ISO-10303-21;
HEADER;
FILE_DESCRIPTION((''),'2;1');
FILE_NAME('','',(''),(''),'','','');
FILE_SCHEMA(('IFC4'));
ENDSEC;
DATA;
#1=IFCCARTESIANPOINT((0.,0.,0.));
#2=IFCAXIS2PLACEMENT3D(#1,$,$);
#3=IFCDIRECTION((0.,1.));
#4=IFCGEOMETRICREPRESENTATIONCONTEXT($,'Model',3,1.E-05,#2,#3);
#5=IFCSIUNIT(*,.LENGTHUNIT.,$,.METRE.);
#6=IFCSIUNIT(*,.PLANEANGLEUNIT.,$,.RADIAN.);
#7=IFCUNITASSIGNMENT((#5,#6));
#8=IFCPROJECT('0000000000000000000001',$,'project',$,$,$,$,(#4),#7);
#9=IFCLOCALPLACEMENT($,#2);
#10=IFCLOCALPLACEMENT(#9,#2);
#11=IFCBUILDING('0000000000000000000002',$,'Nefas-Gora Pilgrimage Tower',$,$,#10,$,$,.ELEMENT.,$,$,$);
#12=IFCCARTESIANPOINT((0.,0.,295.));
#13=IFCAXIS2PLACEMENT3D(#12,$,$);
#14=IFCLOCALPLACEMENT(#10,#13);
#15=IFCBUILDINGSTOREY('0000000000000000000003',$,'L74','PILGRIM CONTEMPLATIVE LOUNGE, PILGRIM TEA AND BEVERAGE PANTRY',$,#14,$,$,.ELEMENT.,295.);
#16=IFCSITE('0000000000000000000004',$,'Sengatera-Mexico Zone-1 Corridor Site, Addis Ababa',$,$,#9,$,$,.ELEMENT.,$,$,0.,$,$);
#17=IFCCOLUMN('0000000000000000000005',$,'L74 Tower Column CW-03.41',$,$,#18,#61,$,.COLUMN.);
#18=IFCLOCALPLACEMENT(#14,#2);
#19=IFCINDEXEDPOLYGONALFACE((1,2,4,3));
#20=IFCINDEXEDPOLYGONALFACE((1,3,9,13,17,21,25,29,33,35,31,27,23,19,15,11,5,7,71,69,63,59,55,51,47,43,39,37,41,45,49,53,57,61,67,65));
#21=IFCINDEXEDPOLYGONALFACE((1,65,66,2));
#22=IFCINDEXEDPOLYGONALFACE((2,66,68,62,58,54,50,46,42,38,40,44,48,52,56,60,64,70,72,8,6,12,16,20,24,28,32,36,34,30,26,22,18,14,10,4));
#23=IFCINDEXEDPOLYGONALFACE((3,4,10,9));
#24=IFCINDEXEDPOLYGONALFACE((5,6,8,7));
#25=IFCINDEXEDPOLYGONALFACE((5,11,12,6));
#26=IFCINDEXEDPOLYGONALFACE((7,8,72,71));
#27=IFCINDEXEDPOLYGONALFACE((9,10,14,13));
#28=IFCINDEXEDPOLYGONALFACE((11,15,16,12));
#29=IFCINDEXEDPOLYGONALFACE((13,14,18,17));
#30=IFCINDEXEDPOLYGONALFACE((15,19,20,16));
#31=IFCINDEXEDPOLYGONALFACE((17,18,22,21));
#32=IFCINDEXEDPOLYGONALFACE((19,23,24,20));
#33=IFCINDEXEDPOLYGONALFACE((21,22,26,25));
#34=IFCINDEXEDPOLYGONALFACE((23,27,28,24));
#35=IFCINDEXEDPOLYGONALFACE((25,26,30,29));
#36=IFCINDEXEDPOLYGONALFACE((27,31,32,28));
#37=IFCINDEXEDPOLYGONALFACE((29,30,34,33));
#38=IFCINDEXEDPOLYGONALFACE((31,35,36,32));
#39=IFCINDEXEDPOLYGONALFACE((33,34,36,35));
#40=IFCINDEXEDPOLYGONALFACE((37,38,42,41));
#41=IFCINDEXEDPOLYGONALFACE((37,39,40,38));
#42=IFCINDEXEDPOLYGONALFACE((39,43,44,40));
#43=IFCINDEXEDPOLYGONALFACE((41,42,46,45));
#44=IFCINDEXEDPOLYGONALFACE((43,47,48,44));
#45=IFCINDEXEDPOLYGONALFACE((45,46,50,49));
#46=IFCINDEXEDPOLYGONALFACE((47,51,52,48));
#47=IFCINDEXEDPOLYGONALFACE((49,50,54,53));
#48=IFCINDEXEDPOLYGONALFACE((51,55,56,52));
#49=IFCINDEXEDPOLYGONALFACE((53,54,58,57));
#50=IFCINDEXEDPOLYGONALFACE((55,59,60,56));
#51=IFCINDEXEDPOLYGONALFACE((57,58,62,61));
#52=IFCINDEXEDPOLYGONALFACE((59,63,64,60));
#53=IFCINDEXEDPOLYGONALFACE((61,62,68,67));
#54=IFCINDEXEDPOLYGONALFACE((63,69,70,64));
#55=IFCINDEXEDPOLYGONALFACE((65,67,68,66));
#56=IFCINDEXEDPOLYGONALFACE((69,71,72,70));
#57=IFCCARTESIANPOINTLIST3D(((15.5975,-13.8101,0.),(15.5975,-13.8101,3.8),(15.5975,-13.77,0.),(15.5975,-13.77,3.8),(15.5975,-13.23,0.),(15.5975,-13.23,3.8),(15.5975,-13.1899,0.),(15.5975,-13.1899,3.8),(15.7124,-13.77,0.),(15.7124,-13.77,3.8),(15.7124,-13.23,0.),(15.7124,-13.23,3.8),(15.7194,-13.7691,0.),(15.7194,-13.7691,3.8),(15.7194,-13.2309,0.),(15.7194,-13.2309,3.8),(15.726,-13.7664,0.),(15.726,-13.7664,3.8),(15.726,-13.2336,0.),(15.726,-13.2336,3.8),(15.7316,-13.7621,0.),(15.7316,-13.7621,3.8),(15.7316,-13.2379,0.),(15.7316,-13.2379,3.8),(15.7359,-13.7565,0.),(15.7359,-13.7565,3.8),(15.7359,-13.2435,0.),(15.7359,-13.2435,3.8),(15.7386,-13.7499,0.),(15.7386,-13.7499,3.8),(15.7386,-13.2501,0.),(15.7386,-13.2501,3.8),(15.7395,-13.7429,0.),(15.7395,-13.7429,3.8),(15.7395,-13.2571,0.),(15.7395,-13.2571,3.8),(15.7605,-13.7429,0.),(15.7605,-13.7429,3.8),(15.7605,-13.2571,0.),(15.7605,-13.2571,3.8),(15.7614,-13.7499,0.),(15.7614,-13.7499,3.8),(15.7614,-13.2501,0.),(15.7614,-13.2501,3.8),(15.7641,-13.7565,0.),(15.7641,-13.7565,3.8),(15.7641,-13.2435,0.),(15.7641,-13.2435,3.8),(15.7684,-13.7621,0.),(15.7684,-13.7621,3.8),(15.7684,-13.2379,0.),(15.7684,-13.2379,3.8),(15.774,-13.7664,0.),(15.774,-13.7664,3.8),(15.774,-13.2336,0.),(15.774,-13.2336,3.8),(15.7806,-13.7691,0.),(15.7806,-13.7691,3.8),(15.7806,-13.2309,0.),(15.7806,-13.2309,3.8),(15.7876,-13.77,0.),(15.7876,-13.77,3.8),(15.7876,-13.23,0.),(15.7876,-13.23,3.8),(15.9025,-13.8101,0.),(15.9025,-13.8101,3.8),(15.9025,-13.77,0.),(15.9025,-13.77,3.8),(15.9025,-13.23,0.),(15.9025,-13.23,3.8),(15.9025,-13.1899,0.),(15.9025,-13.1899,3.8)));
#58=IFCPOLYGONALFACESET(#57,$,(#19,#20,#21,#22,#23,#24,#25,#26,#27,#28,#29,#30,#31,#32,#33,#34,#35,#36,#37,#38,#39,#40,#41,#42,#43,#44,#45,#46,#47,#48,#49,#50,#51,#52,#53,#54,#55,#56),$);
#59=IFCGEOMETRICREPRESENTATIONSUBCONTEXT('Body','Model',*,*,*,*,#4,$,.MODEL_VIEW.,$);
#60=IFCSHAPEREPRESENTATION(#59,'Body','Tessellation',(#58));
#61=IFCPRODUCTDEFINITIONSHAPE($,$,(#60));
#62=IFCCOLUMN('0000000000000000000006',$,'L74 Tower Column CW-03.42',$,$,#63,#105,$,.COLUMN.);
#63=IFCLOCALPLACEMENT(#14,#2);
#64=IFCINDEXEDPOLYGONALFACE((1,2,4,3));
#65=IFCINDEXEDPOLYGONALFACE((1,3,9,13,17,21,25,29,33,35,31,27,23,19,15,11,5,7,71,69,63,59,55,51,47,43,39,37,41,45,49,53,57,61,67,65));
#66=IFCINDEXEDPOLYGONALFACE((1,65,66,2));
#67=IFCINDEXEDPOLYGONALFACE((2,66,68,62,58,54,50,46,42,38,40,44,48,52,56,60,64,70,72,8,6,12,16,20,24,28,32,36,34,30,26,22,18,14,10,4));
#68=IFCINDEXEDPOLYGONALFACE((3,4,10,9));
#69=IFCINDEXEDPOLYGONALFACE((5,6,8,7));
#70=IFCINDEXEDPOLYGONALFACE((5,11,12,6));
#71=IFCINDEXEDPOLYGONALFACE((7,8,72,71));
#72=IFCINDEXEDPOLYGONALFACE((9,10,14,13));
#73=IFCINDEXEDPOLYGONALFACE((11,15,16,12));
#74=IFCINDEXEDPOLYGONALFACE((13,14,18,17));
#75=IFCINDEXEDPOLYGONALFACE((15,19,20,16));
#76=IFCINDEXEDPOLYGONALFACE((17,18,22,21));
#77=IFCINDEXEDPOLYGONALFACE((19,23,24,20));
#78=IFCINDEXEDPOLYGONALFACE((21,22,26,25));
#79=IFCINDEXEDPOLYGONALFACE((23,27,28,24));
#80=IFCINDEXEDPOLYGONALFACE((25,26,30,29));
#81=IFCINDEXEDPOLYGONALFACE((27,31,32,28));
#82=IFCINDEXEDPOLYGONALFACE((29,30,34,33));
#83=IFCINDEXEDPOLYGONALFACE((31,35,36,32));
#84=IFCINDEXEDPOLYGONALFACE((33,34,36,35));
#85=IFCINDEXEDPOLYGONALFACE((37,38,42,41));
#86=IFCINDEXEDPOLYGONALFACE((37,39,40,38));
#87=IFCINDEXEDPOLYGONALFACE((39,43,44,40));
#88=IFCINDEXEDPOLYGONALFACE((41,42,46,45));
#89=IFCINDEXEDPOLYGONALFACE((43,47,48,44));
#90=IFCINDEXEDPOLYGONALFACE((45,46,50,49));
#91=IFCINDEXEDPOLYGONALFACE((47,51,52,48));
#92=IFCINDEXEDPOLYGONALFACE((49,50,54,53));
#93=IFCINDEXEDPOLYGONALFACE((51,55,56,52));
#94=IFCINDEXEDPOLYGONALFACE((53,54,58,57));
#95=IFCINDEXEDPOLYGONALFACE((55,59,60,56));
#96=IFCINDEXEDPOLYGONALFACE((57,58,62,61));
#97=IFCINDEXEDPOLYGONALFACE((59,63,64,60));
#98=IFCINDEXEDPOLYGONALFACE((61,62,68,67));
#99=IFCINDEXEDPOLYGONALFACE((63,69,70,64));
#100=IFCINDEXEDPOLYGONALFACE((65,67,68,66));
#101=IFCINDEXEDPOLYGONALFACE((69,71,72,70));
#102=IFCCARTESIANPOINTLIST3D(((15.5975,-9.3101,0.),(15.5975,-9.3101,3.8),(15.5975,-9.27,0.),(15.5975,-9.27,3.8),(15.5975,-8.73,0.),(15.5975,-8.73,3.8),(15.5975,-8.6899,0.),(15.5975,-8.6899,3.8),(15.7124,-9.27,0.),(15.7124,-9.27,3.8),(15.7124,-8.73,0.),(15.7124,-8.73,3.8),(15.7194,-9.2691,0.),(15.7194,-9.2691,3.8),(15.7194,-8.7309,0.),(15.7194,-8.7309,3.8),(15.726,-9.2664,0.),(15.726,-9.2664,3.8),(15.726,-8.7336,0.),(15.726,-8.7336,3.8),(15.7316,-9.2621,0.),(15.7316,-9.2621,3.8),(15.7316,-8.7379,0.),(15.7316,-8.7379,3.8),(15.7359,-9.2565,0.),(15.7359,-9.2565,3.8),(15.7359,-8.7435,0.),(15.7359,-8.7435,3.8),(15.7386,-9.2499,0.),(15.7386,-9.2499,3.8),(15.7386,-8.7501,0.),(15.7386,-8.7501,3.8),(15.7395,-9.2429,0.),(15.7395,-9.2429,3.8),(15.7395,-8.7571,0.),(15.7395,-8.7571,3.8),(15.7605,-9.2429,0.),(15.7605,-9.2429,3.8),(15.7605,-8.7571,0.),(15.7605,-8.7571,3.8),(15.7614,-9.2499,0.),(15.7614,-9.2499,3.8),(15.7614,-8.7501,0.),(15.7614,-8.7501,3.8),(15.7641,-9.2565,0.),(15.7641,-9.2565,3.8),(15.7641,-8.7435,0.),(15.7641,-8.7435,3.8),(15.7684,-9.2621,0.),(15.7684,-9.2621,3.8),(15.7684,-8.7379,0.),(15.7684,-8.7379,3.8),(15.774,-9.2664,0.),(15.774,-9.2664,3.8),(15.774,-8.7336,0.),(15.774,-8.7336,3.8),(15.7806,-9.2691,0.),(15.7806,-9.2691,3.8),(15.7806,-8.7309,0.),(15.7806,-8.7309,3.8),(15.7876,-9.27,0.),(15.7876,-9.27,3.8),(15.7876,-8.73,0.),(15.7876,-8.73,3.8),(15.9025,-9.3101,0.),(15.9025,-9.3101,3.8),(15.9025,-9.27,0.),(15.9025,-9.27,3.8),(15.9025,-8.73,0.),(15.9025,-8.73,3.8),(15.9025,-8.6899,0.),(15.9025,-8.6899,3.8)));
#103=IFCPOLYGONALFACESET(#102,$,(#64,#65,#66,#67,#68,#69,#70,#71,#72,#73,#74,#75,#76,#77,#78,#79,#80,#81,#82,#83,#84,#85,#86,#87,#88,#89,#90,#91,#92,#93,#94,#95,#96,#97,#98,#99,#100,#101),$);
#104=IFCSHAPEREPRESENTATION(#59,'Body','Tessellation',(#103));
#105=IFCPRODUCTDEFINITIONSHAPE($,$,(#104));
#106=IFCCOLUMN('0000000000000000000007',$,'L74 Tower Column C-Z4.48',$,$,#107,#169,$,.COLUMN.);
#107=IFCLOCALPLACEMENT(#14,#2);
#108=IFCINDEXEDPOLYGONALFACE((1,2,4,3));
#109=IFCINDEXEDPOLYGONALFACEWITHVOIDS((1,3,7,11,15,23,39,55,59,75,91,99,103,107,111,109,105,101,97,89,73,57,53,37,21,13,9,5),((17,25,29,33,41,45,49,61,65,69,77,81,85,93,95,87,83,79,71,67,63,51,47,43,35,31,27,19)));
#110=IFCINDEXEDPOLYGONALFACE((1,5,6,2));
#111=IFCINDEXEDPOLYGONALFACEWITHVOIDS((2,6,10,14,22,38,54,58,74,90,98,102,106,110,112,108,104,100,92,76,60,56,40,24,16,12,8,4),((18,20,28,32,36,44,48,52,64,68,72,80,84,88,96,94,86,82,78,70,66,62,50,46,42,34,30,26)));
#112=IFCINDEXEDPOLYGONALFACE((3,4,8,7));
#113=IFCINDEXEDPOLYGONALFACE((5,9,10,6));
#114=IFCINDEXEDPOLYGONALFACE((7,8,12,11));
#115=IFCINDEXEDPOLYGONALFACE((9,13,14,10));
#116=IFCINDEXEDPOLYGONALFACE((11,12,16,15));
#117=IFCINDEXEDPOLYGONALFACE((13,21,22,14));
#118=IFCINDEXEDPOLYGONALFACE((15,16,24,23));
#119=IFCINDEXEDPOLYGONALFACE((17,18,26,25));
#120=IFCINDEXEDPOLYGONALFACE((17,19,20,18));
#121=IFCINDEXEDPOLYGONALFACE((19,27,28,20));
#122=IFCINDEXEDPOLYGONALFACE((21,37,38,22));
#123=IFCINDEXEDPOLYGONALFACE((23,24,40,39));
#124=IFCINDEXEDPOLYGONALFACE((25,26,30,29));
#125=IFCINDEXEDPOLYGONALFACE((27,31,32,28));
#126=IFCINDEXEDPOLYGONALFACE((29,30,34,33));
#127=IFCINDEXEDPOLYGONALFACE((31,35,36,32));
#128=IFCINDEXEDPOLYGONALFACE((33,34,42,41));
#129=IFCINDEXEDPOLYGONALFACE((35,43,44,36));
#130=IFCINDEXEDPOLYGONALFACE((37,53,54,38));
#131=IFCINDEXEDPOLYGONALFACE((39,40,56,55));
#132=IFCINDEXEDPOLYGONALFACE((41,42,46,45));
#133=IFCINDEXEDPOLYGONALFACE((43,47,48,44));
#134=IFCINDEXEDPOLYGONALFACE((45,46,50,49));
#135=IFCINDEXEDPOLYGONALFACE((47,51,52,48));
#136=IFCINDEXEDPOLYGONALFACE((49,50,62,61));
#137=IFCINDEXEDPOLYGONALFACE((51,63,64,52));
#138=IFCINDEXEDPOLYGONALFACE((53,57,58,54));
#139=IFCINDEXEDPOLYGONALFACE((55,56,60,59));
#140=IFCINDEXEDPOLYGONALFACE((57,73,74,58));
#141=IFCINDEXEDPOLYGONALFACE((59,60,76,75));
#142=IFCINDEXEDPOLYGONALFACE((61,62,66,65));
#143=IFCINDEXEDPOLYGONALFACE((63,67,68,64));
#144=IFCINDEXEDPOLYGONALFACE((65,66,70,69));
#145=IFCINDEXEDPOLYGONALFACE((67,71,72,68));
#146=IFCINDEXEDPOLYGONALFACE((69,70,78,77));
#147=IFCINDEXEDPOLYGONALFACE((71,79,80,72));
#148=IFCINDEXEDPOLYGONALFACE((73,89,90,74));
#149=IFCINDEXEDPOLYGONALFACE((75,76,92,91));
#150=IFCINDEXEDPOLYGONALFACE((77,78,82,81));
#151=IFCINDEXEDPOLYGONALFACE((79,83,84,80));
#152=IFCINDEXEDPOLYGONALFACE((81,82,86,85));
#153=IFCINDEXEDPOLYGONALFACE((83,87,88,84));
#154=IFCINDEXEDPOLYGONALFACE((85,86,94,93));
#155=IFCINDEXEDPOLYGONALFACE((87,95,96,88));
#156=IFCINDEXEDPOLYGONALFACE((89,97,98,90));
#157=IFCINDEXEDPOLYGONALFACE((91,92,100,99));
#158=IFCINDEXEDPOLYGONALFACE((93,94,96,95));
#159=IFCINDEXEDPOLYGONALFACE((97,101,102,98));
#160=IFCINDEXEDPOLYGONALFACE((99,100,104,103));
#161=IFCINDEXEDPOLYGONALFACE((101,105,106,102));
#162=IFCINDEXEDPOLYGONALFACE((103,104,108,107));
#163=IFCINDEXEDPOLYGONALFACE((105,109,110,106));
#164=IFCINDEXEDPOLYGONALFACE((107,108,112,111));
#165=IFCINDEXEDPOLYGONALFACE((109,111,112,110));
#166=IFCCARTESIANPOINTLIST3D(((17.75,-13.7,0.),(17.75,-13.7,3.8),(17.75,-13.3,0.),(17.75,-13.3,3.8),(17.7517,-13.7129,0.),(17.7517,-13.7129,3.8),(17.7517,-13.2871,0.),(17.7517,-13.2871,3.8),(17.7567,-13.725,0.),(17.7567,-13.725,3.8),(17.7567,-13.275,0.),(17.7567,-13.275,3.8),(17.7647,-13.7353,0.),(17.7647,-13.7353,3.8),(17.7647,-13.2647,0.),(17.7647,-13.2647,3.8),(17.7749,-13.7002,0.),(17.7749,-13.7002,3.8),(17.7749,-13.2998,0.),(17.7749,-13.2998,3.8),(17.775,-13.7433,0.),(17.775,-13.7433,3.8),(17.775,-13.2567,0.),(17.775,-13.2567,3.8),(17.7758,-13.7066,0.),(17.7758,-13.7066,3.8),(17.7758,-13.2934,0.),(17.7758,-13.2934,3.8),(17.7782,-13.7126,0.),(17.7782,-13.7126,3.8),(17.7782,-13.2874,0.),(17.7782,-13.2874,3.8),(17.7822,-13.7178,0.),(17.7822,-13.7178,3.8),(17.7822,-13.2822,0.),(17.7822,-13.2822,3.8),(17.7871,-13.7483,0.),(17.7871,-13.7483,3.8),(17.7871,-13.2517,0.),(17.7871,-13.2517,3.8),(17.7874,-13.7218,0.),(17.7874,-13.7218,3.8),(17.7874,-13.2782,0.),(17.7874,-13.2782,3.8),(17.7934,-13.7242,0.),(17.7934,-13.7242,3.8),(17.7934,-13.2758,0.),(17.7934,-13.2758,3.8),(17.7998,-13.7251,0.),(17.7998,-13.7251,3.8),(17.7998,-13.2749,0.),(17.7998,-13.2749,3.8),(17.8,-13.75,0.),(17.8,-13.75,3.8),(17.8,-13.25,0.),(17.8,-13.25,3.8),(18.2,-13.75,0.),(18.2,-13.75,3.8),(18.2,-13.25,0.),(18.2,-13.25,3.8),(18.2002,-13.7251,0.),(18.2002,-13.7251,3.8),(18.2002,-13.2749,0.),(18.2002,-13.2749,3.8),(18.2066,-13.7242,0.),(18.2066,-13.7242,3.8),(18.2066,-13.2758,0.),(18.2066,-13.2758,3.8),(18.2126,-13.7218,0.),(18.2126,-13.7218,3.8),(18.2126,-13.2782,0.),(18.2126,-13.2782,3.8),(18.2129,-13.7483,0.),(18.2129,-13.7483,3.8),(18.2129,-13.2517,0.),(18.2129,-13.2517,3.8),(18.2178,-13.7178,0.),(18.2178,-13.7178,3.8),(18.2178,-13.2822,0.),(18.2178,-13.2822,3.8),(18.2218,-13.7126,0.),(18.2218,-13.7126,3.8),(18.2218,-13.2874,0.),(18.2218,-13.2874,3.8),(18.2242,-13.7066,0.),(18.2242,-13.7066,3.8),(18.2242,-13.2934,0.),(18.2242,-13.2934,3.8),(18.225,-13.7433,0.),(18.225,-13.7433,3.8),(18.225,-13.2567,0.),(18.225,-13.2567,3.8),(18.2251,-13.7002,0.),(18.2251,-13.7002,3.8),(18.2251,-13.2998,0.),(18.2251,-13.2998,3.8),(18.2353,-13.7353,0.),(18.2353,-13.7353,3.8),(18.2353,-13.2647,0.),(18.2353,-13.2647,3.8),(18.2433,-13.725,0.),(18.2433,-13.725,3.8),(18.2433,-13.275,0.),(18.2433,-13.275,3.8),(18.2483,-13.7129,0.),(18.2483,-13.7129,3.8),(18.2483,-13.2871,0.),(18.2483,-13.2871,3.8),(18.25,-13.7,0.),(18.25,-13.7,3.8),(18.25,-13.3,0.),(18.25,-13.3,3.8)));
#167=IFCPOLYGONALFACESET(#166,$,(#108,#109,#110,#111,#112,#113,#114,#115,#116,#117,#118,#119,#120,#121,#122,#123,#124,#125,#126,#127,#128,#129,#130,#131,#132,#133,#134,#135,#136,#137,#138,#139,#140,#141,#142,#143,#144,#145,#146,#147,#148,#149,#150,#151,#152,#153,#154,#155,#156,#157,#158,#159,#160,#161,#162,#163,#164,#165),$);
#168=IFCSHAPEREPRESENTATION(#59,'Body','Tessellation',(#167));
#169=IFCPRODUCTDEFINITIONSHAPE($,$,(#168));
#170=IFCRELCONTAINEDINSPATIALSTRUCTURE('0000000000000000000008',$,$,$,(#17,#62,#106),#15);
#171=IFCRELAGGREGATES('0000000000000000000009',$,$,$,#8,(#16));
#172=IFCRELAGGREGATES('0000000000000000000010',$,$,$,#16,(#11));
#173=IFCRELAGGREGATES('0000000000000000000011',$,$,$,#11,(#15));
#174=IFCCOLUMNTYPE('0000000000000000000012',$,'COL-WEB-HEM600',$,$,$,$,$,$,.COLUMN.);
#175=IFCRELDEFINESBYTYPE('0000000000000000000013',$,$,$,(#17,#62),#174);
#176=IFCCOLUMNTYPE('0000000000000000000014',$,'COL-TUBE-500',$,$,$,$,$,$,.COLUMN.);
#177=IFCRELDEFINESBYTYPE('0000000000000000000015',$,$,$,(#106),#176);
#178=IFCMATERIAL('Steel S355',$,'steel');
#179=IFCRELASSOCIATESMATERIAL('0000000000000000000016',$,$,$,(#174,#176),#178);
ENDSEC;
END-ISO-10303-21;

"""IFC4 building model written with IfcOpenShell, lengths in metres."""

from ifc_helpers import new_model, si_unit, direction, frame, origin, origin_2d, place, context, subcontext, project, spatial, hollow_rectangle, i_section, extrude, source, transform, mapped, material, material_profile, profile_set, type_object, element, save


model = new_model("IFC4")

# Units and contexts
model_context = context("Model", 3, precision=1e-05, world=origin(), true_north=direction((0.0, 1.0)))
body_context = subcontext(model_context, "Body", "Model", "MODEL_VIEW")
ifc_project = project(units=[si_unit("LENGTHUNIT", "METRE"), si_unit("PLANEANGLEUNIT", "RADIAN")], contexts=[model_context])

# Site, building, storey
site_placement = place(None, origin())
site = spatial("IfcSite", under=ifc_project, at=site_placement, Name="Sengatera-Mexico Zone-1 Corridor Site, Addis Ababa", CompositionType="ELEMENT", RefElevation=0.0)
building_placement = place(site_placement, origin())
building = spatial("IfcBuilding", under=site, at=building_placement, Name="Nefas-Gora Pilgrimage Tower", CompositionType="ELEMENT")
storey_placement = place(building_placement, frame((0.0, 0.0, 295.0)))
storey = spatial("IfcBuildingStorey", under=building, at=storey_placement, Name="L74", Description="PILGRIM CONTEMPLATIVE LOUNGE, PILGRIM TEA AND BEVERAGE PANTRY", CompositionType="ELEMENT", Elevation=295.0)

# Columns
ifc_material_1 = material(Name="Steel S355", Category="steel")
ifc_material_profile_1 = material_profile(ifc_material_1, i_section(OverallWidth=0.3049, OverallDepth=0.6201, WebThickness=0.021, FlangeThickness=0.04, FilletRadius=0.0271, at=origin_2d()), Name="HEM 600")
ifc_profile_set_1 = profile_set([ifc_material_profile_1], Name="Steel S355")
column_type_1 = type_object("IfcColumnType", Name="COL-WEB-HEM600", PredefinedType="COLUMN", material=ifc_profile_set_1)
shared_shape_1 = source(origin(), body_context, "Body", "SweptSolid", [
    extrude(i_section(OverallWidth=0.3049, OverallDepth=0.6201, WebThickness=0.021, FlangeThickness=0.04, FilletRadius=0.0271, at=origin_2d()), origin(), (0.0, 0.0, 1.0), 3.8),
])
for number, where, z_axis, x_axis, name in (
    (1, (15.75, -13.5, 0.0), (0.0, 0.0, 1.0), (1.0, 0.0, 0.0), "L74 Tower Column CW-03.41"),
    (2, (15.75, -9.0, 0.0), (0.0, 0.0, 1.0), (1.0, 0.0, 0.0), "L74 Tower Column CW-03.42"),
):
    element("IfcColumn", number, at=place(storey_placement, frame(where, z_axis=z_axis, x_axis=x_axis)), inside=storey, type_object=column_type_1, Name=name, PredefinedType="COLUMN", context=body_context, shape_type="MappedRepresentation", body=[
        mapped(shared_shape_1, transform((0.0, 0.0, 0.0), x_axis=(1.0, 0.0, 0.0), y_axis=(0.0, 1.0, 0.0), z_axis=(0.0, 0.0, 1.0), scale=1.0)),
    ])
ifc_material_profile_2 = material_profile(ifc_material_1, hollow_rectangle(XDim=0.5, YDim=0.5, WallThickness=0.0249, InnerFilletRadius=0.0249, OuterFilletRadius=0.05, at=origin_2d()), Name="SHS 500x500x25")
ifc_profile_set_2 = profile_set([ifc_material_profile_2], Name="Steel S355")
column_type_2 = type_object("IfcColumnType", Name="COL-TUBE-500", PredefinedType="COLUMN", material=ifc_profile_set_2)
shared_shape_2 = source(origin(), body_context, "Body", "SweptSolid", [
    extrude(hollow_rectangle(XDim=0.5, YDim=0.5, WallThickness=0.0249, InnerFilletRadius=0.0249, OuterFilletRadius=0.05, at=origin_2d()), origin(), (0.0, 0.0, 1.0), 3.8),
])
for number, where, z_axis, x_axis, name in (
    (3, (18.0, -13.5, 0.0), (0.0, 0.0, 1.0), (1.0, 0.0, 0.0), "L74 Tower Column C-Z4.48"),
):
    element("IfcColumn", number, at=place(storey_placement, frame(where, z_axis=z_axis, x_axis=x_axis)), inside=storey, type_object=column_type_2, Name=name, PredefinedType="COLUMN", context=body_context, shape_type="MappedRepresentation", body=[
        mapped(shared_shape_2, transform((0.0, 0.0, 0.0), x_axis=(1.0, 0.0, 0.0), y_axis=(0.0, 1.0, 0.0), z_axis=(0.0, 0.0, 1.0), scale=1.0)),
    ])

save(model, "model.ifc")
